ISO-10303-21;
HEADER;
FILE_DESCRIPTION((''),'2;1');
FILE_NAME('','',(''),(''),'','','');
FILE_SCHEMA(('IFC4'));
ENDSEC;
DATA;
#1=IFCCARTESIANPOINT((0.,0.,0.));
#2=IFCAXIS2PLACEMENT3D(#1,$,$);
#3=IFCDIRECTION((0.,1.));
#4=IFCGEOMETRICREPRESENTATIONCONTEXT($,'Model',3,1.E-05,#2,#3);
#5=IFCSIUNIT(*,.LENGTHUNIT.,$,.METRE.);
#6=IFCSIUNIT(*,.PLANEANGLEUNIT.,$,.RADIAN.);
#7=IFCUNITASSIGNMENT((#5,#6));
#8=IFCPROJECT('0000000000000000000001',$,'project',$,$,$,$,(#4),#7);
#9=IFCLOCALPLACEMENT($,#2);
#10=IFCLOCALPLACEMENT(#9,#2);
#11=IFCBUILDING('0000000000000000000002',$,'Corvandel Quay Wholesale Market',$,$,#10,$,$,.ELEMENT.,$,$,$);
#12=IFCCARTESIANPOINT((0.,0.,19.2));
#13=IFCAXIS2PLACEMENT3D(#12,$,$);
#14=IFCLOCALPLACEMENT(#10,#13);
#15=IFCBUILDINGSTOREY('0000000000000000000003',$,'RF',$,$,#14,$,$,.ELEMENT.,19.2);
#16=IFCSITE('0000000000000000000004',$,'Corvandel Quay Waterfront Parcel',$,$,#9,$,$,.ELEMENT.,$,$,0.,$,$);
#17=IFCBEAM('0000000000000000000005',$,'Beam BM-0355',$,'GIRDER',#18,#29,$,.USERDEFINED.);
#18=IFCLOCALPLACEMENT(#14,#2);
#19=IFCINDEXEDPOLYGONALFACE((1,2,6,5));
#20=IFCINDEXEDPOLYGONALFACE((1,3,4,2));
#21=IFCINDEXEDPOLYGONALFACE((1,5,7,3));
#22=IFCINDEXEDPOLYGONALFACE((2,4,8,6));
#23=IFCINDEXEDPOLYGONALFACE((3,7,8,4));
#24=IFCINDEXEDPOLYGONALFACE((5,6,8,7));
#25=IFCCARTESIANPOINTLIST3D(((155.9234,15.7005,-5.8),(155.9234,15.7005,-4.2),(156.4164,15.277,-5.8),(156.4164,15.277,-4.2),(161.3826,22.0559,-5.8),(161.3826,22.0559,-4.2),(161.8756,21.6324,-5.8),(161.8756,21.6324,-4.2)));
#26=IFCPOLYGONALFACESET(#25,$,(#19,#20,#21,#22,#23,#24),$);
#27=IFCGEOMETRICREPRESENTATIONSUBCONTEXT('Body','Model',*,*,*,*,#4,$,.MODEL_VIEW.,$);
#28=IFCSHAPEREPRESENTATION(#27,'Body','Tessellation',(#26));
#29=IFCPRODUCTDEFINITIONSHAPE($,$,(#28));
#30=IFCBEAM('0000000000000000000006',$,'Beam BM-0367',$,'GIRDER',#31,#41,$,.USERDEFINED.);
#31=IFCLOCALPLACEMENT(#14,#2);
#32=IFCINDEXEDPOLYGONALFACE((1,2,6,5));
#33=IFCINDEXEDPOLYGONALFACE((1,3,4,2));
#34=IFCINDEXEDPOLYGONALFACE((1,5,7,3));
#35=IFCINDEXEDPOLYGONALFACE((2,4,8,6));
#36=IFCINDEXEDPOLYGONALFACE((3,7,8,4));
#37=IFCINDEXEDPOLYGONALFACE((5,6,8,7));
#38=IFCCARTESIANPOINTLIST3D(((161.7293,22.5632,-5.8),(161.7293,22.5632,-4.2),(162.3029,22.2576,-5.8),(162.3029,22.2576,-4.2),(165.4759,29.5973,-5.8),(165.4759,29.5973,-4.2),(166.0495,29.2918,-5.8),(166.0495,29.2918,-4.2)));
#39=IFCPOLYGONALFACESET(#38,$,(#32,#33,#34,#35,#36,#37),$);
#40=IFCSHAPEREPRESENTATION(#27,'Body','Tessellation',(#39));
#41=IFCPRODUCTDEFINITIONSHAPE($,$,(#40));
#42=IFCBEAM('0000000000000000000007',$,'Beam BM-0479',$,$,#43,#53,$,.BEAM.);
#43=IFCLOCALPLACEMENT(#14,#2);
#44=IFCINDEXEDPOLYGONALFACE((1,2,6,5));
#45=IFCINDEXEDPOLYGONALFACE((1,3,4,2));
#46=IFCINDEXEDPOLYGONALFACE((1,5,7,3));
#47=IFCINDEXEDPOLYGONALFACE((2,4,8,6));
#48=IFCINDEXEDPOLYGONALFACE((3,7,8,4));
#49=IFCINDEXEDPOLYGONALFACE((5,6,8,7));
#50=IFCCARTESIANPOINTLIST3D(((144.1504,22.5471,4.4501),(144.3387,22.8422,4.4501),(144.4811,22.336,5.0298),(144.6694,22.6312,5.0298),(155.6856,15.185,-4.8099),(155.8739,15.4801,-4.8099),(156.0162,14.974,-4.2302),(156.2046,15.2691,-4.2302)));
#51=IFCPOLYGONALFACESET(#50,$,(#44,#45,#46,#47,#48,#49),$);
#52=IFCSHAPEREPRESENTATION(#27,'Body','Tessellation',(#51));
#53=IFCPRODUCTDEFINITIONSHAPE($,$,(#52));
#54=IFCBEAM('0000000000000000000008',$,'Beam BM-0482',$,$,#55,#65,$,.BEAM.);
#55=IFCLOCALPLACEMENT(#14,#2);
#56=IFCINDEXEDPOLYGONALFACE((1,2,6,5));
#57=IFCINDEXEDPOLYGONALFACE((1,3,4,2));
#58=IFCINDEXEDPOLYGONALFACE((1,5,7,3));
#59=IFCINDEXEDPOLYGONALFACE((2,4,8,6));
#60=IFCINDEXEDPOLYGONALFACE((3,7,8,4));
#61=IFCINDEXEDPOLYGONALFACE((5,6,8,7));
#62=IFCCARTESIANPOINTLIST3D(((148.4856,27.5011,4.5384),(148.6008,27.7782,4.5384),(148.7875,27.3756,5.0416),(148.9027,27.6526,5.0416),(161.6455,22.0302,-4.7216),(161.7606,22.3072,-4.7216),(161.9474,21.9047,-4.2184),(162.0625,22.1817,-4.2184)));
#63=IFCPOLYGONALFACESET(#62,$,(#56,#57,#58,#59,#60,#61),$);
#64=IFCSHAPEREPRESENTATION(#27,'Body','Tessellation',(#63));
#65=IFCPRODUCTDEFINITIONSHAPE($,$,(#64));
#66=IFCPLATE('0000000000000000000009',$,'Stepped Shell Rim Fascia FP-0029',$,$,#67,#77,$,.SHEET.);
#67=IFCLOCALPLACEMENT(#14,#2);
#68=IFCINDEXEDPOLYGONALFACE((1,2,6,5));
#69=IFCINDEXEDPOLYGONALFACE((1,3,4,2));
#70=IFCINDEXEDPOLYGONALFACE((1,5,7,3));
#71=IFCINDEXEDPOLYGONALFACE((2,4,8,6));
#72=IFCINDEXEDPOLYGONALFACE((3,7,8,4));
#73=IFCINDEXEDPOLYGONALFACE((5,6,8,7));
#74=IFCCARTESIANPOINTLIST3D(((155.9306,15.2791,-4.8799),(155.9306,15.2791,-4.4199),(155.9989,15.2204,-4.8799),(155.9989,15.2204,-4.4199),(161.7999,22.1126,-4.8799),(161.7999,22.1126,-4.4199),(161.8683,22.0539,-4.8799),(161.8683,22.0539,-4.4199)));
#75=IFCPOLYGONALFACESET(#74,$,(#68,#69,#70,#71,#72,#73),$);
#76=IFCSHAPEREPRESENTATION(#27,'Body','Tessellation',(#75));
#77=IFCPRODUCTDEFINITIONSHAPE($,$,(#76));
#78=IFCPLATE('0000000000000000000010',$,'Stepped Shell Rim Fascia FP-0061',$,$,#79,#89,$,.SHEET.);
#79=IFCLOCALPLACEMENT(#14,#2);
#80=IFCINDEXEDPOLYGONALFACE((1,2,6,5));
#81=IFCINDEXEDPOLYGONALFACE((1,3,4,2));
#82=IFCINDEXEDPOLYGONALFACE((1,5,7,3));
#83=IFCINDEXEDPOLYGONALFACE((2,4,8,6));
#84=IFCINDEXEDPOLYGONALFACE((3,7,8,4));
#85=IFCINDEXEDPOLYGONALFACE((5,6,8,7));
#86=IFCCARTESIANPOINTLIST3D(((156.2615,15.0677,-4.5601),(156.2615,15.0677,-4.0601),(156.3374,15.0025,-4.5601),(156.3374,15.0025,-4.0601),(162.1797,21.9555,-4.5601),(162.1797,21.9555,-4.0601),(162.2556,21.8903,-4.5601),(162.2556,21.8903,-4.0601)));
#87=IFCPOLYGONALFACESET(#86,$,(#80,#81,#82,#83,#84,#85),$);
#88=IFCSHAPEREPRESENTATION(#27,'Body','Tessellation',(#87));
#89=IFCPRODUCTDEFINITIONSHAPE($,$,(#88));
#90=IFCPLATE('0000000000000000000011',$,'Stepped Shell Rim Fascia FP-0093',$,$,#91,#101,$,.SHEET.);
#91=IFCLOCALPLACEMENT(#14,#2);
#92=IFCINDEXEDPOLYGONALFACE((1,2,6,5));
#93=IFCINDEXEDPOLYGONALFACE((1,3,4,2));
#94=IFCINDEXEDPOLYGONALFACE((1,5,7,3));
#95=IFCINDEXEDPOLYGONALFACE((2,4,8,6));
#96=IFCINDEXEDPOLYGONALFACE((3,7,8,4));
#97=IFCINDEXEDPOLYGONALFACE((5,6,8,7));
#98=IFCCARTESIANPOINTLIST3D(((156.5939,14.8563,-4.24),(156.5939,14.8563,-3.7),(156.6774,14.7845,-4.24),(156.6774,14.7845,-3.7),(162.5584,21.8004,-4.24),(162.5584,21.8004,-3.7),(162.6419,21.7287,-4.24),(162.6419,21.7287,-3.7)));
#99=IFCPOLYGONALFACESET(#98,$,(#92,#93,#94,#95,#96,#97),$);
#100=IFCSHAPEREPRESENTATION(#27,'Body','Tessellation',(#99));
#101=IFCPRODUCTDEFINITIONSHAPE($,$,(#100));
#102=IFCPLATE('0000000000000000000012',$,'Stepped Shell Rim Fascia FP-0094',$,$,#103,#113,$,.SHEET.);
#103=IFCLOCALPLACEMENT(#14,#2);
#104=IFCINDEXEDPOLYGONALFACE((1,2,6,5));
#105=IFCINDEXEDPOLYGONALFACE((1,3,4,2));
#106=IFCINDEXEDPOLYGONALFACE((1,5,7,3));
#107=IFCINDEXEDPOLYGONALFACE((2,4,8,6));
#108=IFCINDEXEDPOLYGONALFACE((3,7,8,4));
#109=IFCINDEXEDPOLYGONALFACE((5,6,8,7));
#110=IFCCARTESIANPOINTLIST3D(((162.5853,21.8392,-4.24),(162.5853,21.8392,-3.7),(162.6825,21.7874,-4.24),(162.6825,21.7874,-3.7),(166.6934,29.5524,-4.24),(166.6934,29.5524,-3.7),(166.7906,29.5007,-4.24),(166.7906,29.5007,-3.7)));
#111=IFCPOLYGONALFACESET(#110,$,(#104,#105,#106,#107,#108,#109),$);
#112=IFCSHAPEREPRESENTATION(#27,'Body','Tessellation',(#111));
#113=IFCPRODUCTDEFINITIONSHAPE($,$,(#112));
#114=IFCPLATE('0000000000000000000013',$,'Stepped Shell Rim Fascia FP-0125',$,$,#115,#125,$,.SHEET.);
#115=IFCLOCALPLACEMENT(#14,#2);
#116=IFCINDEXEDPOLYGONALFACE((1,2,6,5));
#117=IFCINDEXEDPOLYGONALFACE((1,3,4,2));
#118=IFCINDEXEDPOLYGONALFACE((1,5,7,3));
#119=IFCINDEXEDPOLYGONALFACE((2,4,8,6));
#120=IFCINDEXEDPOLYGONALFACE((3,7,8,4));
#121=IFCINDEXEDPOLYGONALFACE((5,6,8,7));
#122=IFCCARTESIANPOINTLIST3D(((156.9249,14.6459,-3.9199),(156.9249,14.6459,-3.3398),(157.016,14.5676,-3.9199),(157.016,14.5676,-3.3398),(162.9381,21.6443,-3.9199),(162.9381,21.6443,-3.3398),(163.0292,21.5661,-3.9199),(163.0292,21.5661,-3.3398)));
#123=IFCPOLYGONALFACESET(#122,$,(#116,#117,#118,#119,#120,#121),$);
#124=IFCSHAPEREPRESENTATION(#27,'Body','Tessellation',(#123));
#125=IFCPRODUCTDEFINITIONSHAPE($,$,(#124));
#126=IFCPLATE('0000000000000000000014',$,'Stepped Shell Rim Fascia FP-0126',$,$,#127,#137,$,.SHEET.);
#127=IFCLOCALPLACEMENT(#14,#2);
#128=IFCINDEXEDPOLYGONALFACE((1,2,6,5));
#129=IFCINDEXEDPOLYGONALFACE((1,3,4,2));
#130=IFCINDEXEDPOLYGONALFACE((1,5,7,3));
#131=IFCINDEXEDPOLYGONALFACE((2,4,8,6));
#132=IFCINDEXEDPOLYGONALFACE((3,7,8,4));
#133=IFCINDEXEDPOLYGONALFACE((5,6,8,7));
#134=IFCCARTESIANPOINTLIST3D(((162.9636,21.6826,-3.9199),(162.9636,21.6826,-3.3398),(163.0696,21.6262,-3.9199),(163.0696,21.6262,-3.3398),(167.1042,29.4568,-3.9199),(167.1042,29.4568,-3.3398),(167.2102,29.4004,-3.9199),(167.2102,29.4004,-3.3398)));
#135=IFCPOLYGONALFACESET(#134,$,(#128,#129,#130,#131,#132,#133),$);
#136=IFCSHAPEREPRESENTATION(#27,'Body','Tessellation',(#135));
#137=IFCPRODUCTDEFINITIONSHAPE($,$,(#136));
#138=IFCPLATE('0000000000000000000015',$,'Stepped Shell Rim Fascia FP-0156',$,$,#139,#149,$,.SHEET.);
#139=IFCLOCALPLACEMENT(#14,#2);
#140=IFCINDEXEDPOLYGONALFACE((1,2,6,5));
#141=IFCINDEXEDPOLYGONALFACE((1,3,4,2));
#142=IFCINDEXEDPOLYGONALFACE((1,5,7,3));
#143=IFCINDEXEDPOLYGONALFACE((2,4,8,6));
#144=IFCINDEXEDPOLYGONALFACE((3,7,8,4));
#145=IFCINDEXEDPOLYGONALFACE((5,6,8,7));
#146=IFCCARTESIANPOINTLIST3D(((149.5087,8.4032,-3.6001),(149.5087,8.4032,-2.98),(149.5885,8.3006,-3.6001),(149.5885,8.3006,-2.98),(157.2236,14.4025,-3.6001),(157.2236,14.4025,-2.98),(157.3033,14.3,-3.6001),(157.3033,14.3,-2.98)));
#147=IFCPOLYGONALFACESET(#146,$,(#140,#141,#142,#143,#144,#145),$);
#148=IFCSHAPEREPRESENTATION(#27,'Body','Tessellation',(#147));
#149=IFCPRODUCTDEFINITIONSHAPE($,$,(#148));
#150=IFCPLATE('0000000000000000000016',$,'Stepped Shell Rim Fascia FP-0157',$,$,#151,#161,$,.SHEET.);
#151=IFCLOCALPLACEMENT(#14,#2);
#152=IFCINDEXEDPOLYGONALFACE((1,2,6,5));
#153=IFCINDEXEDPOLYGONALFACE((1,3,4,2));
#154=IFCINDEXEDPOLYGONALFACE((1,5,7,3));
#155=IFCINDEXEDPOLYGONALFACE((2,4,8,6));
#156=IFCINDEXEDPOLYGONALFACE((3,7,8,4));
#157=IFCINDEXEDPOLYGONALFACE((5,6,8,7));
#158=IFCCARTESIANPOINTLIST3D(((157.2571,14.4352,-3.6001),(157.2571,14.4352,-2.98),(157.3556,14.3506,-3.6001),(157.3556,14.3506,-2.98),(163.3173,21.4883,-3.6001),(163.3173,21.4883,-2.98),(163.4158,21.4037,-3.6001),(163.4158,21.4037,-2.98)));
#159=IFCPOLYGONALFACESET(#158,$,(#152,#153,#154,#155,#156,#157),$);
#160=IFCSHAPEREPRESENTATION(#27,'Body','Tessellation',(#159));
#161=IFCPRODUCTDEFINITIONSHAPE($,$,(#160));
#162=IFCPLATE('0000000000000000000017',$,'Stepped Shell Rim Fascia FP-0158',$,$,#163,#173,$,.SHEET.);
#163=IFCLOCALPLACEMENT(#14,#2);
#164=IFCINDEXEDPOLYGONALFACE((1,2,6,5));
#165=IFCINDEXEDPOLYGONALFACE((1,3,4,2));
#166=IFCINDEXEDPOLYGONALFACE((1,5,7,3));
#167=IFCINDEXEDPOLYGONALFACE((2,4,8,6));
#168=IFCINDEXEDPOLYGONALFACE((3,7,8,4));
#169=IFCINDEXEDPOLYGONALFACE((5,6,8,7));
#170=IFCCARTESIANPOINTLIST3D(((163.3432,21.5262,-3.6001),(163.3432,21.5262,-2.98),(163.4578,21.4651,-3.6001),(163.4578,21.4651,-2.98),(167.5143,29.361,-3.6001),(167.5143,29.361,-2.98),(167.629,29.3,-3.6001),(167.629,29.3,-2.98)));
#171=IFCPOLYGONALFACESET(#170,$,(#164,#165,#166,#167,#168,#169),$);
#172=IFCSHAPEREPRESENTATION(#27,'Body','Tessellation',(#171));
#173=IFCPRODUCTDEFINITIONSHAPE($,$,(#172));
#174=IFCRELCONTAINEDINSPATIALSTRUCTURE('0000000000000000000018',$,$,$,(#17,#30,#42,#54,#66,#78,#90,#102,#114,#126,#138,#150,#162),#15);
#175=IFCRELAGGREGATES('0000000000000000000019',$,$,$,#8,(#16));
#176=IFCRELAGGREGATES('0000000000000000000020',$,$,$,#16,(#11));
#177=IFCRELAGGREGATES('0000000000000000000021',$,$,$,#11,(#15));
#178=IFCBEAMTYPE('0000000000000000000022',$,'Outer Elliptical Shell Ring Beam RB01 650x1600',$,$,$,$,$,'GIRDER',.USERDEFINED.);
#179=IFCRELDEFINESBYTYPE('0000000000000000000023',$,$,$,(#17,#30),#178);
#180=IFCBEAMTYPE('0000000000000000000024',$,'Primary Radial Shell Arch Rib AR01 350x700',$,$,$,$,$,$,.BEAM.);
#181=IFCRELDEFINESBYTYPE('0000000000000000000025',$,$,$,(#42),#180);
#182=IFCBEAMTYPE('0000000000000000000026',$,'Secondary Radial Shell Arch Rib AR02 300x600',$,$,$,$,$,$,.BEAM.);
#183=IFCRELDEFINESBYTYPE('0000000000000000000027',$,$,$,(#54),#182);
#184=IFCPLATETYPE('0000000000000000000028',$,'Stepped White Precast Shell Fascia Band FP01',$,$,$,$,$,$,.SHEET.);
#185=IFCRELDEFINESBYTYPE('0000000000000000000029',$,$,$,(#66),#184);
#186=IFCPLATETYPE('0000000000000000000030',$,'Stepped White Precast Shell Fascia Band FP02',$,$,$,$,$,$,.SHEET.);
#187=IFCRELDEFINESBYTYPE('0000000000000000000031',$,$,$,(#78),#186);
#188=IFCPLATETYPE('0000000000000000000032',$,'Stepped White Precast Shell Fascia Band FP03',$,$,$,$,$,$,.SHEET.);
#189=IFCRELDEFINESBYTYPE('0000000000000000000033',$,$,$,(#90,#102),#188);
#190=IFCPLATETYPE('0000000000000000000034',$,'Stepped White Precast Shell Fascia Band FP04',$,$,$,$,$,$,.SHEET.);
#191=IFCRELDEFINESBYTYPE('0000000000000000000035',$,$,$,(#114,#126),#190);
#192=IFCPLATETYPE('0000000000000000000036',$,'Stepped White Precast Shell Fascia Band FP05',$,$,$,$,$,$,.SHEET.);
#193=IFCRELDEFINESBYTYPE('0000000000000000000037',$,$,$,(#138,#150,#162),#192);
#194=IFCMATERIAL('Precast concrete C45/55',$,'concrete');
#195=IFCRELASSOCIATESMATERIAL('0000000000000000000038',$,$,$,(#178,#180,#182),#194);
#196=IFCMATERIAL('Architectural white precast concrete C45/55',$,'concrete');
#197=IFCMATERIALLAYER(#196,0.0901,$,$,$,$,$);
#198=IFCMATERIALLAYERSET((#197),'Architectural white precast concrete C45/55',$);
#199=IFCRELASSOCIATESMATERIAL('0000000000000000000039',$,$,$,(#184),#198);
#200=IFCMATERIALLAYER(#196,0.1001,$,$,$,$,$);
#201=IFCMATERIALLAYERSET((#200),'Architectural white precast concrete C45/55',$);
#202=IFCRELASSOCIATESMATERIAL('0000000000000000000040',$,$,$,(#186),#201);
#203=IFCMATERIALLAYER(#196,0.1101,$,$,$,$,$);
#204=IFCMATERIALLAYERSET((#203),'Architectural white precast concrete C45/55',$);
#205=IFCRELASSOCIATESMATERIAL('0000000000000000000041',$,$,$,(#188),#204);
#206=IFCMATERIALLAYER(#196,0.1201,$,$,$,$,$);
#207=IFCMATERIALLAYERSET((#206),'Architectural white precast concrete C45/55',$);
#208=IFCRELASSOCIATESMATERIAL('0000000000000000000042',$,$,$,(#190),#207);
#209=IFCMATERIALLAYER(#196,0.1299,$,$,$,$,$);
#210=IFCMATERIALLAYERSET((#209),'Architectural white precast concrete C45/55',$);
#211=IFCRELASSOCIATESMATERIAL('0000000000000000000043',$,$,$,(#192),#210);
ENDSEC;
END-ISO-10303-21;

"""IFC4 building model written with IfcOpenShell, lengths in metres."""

from ifc_helpers import new_model, si_unit, direction, frame, origin, origin_2d, place, context, subcontext, project, spatial, rectangle, extrude, material, layer, layer_set, material_profile, profile_set, type_object, element, save


model = new_model("IFC4")

# Units and contexts
model_context = context("Model", 3, precision=1e-05, world=origin(), true_north=direction((0.0, 1.0)))
body_context = subcontext(model_context, "Body", "Model", "MODEL_VIEW")
ifc_project = project(units=[si_unit("LENGTHUNIT", "METRE"), si_unit("PLANEANGLEUNIT", "RADIAN")], contexts=[model_context])

# Site, building, storey
site_placement = place(None, origin())
site = spatial("IfcSite", under=ifc_project, at=site_placement, Name="Corvandel Quay Waterfront Parcel", CompositionType="ELEMENT", RefElevation=0.0)
building_placement = place(site_placement, origin())
building = spatial("IfcBuilding", under=site, at=building_placement, Name="Corvandel Quay Wholesale Market", CompositionType="ELEMENT")
storey_placement = place(building_placement, frame((0.0, 0.0, 19.2)))
storey = spatial("IfcBuildingStorey", under=building, at=storey_placement, Name="RF", CompositionType="ELEMENT", Elevation=19.2)

# Beams
ifc_material_1 = material(Name="Precast concrete C45/55", Category="concrete")
ifc_material_profile_1 = material_profile(ifc_material_1, rectangle(XDim=0.6499, YDim=1.6001, at=origin_2d()), Name="PC-RING-650x1600")
ifc_profile_set_1 = profile_set([ifc_material_profile_1], Name="Precast concrete C45/55")
beam_type_1 = type_object("IfcBeamType", Name="Outer Elliptical Shell Ring Beam RB01 650x1600", ElementType="GIRDER", PredefinedType="USERDEFINED", material=ifc_profile_set_1)
beam_1_placement = place(storey_placement, frame((156.1699, 15.4888, -5.0), z_axis=(0.651595, 0.758567, 0.0), x_axis=(-0.758567, 0.651595, 0.0)))
element("IfcBeam", 1, at=beam_1_placement, inside=storey, type_object=beam_type_1, Name="Beam BM-0355", ObjectType="GIRDER", PredefinedType="USERDEFINED", context=body_context, shape_type="SweptSolid", body=[
    extrude(rectangle(XDim=0.6499, YDim=1.6001, at=origin_2d()), origin(), (0.0, 0.0, 1.0), 8.3782),
])
beam_2_placement = place(storey_placement, frame((162.0161, 22.4104, -5.0), z_axis=(0.470102, 0.882612, 0.0), x_axis=(-0.882612, 0.470102, 0.0)))
element("IfcBeam", 2, at=beam_2_placement, inside=storey, type_object=beam_type_1, Name="Beam BM-0367", ObjectType="GIRDER", PredefinedType="USERDEFINED", context=body_context, shape_type="SweptSolid", body=[
    extrude(rectangle(XDim=0.6499, YDim=1.6001, at=origin_2d()), origin(), (0.0, 0.0, 1.0), 7.9697),
])
ifc_material_profile_2 = material_profile(ifc_material_1, rectangle(XDim=0.3501, YDim=0.7, at=origin_2d()), Name="PC-RIB-350x700")
ifc_profile_set_2 = profile_set([ifc_material_profile_2], Name="Precast concrete C45/55")
beam_type_2 = type_object("IfcBeamType", Name="Primary Radial Shell Arch Rib AR01 350x700", PredefinedType="BEAM", material=ifc_profile_set_2)
beam_3_placement = place(storey_placement, frame((155.9451, 15.2271, -4.52), z_axis=(-0.69813, 0.445566, 0.560434), x_axis=(-0.537994, -0.842949, 0.0)))
element("IfcBeam", 3, at=beam_3_placement, inside=storey, type_object=beam_type_2, Name="Beam BM-0479", PredefinedType="BEAM", context=body_context, shape_type="SweptSolid", body=[
    extrude(rectangle(XDim=0.3501, YDim=0.7, at=origin_2d()), origin(), (0.0, 0.0, 1.0), 16.5229),
])
ifc_material_profile_3 = material_profile(ifc_material_1, rectangle(XDim=0.3, YDim=0.6001, at=origin_2d()), Name="PC-RIB-300x600")
ifc_profile_set_3 = profile_set([ifc_material_profile_3], Name="Precast concrete C45/55")
beam_type_3 = type_object("IfcBeamType", Name="Secondary Radial Shell Arch Rib AR02 300x600", PredefinedType="BEAM", material=ifc_profile_set_3)
beam_4_placement = place(storey_placement, frame((161.854, 22.106, -4.47), z_axis=(-0.774297, 0.321897, 0.544836), x_axis=(-0.383877, -0.923384, 0.0)))
element("IfcBeam", 4, at=beam_4_placement, inside=storey, type_object=beam_type_3, Name="Beam BM-0482", PredefinedType="BEAM", context=body_context, shape_type="SweptSolid", body=[
    extrude(rectangle(XDim=0.3, YDim=0.6001, at=origin_2d()), origin(), (0.0, 0.0, 1.0), 16.9958),
])

# Plates
ifc_material_2 = material(Name="Architectural white precast concrete C45/55", Category="concrete")
ifc_layer_1 = layer(ifc_material_2, 0.0901)
ifc_layer_set_1 = layer_set([ifc_layer_1], Name="Architectural white precast concrete C45/55")
plate_type_1 = type_object("IfcPlateType", Name="Stepped White Precast Shell Fascia Band FP01", PredefinedType="SHEET", material=ifc_layer_set_1)
plate_1_placement = place(storey_placement, frame((158.8994, 18.6665, -4.8799), z_axis=(0.0, 0.0, 1.0), x_axis=(0.651569, 0.758589, 0.0)))
element("IfcPlate", 5, at=plate_1_placement, inside=storey, type_object=plate_type_1, Name="Stepped Shell Rim Fascia FP-0029", PredefinedType="SHEET", context=body_context, shape_type="SweptSolid", body=[
    extrude(rectangle(XDim=9.0081, YDim=0.0901, at=origin_2d()), origin(), (0.0, 0.0, 1.0), 0.46),
])
ifc_layer_2 = layer(ifc_material_2, 0.1001)
ifc_layer_set_2 = layer_set([ifc_layer_2], Name="Architectural white precast concrete C45/55")
plate_type_2 = type_object("IfcPlateType", Name="Stepped White Precast Shell Fascia Band FP02", PredefinedType="SHEET", material=ifc_layer_set_2)
plate_2_placement = place(storey_placement, frame((159.2585, 18.479, -4.5601), z_axis=(0.0, 0.0, 1.0), x_axis=(0.651701, 0.758476, 0.0)))
element("IfcPlate", 6, at=plate_2_placement, inside=storey, type_object=plate_type_2, Name="Stepped Shell Rim Fascia FP-0061", PredefinedType="SHEET", context=body_context, shape_type="SweptSolid", body=[
    extrude(rectangle(XDim=9.0811, YDim=0.1001, at=origin_2d()), origin(), (0.0, 0.0, 1.0), 0.5),
])
ifc_layer_3 = layer(ifc_material_2, 0.1101)
ifc_layer_set_3 = layer_set([ifc_layer_3], Name="Architectural white precast concrete C45/55")
plate_type_3 = type_object("IfcPlateType", Name="Stepped White Precast Shell Fascia Band FP03", PredefinedType="SHEET", material=ifc_layer_set_3)
plate_3_placement = place(storey_placement, frame((159.6179, 18.2925, -4.24), z_axis=(0.0, 0.0, 1.0), x_axis=(0.651569, 0.758589, 0.0)))
element("IfcPlate", 7, at=plate_3_placement, inside=storey, type_object=plate_type_3, Name="Stepped Shell Rim Fascia FP-0093", PredefinedType="SHEET", context=body_context, shape_type="SweptSolid", body=[
    extrude(rectangle(XDim=9.1541, YDim=0.1101, at=origin_2d()), origin(), (0.0, 0.0, 1.0), 0.54),
])
plate_4_placement = place(storey_placement, frame((164.688, 25.6699, -4.24), z_axis=(0.0, 0.0, 1.0), x_axis=(0.470088, 0.88262, 0.0)))
element("IfcPlate", 8, at=plate_4_placement, inside=storey, type_object=plate_type_3, Name="Stepped Shell Rim Fascia FP-0094", PredefinedType="SHEET", context=body_context, shape_type="SweptSolid", body=[
    extrude(rectangle(XDim=8.739, YDim=0.1101, at=origin_2d()), origin(), (0.0, 0.0, 1.0), 0.54),
])
ifc_layer_4 = layer(ifc_material_2, 0.1201)
ifc_layer_set_4 = layer_set([ifc_layer_4], Name="Architectural white precast concrete C45/55")
plate_type_4 = type_object("IfcPlateType", Name="Stepped White Precast Shell Fascia Band FP04", PredefinedType="SHEET", material=ifc_layer_set_4)
plate_5_placement = place(storey_placement, frame((159.9771, 18.106, -3.9199), z_axis=(0.0, 0.0, 1.0), x_axis=(0.651701, 0.758476, 0.0)))
element("IfcPlate", 9, at=plate_5_placement, inside=storey, type_object=plate_type_4, Name="Stepped Shell Rim Fascia FP-0125", PredefinedType="SHEET", context=body_context, shape_type="SweptSolid", body=[
    extrude(rectangle(XDim=9.2271, YDim=0.1201, at=origin_2d()), origin(), (0.0, 0.0, 1.0), 0.5801),
])
plate_6_placement = place(storey_placement, frame((165.0869, 25.5415, -3.9199), z_axis=(0.0, 0.0, 1.0), x_axis=(0.470088, 0.88262, 0.0)))
element("IfcPlate", 10, at=plate_6_placement, inside=storey, type_object=plate_type_4, Name="Stepped Shell Rim Fascia FP-0126", PredefinedType="SHEET", context=body_context, shape_type="SweptSolid", body=[
    extrude(rectangle(XDim=8.8081, YDim=0.1201, at=origin_2d()), origin(), (0.0, 0.0, 1.0), 0.5801),
])
ifc_layer_5 = layer(ifc_material_2, 0.1299)
ifc_layer_set_5 = layer_set([ifc_layer_5], Name="Architectural white precast concrete C45/55")
plate_type_5 = type_object("IfcPlateType", Name="Stepped White Precast Shell Fascia Band FP05", PredefinedType="SHEET", material=ifc_layer_set_5)
plate_7_placement = place(storey_placement, frame((153.406, 11.3516, -3.6001), z_axis=(0.0, 0.0, 1.0), x_axis=(0.789406, 0.613872, 0.0)))
element("IfcPlate", 11, at=plate_7_placement, inside=storey, type_object=plate_type_5, Name="Stepped Shell Rim Fascia FP-0156", PredefinedType="SHEET", context=body_context, shape_type="SweptSolid", body=[
    extrude(rectangle(XDim=9.7729, YDim=0.1299, at=origin_2d()), origin(), (0.0, 0.0, 1.0), 0.6201),
])
plate_8_placement = place(storey_placement, frame((160.3364, 17.9194, -3.6001), z_axis=(0.0, 0.0, 1.0), x_axis=(0.651701, 0.758476, 0.0)))
element("IfcPlate", 12, at=plate_8_placement, inside=storey, type_object=plate_type_5, Name="Stepped Shell Rim Fascia FP-0157", PredefinedType="SHEET", context=body_context, shape_type="SweptSolid", body=[
    extrude(rectangle(XDim=9.2991, YDim=0.1299, at=origin_2d()), origin(), (0.0, 0.0, 1.0), 0.6201),
])
plate_9_placement = place(storey_placement, frame((165.4861, 25.4131, -3.6001), z_axis=(0.0, 0.0, 1.0), x_axis=(0.469934, 0.882702, 0.0)))
element("IfcPlate", 13, at=plate_9_placement, inside=storey, type_object=plate_type_5, Name="Stepped Shell Rim Fascia FP-0158", PredefinedType="SHEET", context=body_context, shape_type="SweptSolid", body=[
    extrude(rectangle(XDim=8.876, YDim=0.1299, at=origin_2d()), origin(), (0.0, 0.0, 1.0), 0.6201),
])

save(model, "model.ifc")
